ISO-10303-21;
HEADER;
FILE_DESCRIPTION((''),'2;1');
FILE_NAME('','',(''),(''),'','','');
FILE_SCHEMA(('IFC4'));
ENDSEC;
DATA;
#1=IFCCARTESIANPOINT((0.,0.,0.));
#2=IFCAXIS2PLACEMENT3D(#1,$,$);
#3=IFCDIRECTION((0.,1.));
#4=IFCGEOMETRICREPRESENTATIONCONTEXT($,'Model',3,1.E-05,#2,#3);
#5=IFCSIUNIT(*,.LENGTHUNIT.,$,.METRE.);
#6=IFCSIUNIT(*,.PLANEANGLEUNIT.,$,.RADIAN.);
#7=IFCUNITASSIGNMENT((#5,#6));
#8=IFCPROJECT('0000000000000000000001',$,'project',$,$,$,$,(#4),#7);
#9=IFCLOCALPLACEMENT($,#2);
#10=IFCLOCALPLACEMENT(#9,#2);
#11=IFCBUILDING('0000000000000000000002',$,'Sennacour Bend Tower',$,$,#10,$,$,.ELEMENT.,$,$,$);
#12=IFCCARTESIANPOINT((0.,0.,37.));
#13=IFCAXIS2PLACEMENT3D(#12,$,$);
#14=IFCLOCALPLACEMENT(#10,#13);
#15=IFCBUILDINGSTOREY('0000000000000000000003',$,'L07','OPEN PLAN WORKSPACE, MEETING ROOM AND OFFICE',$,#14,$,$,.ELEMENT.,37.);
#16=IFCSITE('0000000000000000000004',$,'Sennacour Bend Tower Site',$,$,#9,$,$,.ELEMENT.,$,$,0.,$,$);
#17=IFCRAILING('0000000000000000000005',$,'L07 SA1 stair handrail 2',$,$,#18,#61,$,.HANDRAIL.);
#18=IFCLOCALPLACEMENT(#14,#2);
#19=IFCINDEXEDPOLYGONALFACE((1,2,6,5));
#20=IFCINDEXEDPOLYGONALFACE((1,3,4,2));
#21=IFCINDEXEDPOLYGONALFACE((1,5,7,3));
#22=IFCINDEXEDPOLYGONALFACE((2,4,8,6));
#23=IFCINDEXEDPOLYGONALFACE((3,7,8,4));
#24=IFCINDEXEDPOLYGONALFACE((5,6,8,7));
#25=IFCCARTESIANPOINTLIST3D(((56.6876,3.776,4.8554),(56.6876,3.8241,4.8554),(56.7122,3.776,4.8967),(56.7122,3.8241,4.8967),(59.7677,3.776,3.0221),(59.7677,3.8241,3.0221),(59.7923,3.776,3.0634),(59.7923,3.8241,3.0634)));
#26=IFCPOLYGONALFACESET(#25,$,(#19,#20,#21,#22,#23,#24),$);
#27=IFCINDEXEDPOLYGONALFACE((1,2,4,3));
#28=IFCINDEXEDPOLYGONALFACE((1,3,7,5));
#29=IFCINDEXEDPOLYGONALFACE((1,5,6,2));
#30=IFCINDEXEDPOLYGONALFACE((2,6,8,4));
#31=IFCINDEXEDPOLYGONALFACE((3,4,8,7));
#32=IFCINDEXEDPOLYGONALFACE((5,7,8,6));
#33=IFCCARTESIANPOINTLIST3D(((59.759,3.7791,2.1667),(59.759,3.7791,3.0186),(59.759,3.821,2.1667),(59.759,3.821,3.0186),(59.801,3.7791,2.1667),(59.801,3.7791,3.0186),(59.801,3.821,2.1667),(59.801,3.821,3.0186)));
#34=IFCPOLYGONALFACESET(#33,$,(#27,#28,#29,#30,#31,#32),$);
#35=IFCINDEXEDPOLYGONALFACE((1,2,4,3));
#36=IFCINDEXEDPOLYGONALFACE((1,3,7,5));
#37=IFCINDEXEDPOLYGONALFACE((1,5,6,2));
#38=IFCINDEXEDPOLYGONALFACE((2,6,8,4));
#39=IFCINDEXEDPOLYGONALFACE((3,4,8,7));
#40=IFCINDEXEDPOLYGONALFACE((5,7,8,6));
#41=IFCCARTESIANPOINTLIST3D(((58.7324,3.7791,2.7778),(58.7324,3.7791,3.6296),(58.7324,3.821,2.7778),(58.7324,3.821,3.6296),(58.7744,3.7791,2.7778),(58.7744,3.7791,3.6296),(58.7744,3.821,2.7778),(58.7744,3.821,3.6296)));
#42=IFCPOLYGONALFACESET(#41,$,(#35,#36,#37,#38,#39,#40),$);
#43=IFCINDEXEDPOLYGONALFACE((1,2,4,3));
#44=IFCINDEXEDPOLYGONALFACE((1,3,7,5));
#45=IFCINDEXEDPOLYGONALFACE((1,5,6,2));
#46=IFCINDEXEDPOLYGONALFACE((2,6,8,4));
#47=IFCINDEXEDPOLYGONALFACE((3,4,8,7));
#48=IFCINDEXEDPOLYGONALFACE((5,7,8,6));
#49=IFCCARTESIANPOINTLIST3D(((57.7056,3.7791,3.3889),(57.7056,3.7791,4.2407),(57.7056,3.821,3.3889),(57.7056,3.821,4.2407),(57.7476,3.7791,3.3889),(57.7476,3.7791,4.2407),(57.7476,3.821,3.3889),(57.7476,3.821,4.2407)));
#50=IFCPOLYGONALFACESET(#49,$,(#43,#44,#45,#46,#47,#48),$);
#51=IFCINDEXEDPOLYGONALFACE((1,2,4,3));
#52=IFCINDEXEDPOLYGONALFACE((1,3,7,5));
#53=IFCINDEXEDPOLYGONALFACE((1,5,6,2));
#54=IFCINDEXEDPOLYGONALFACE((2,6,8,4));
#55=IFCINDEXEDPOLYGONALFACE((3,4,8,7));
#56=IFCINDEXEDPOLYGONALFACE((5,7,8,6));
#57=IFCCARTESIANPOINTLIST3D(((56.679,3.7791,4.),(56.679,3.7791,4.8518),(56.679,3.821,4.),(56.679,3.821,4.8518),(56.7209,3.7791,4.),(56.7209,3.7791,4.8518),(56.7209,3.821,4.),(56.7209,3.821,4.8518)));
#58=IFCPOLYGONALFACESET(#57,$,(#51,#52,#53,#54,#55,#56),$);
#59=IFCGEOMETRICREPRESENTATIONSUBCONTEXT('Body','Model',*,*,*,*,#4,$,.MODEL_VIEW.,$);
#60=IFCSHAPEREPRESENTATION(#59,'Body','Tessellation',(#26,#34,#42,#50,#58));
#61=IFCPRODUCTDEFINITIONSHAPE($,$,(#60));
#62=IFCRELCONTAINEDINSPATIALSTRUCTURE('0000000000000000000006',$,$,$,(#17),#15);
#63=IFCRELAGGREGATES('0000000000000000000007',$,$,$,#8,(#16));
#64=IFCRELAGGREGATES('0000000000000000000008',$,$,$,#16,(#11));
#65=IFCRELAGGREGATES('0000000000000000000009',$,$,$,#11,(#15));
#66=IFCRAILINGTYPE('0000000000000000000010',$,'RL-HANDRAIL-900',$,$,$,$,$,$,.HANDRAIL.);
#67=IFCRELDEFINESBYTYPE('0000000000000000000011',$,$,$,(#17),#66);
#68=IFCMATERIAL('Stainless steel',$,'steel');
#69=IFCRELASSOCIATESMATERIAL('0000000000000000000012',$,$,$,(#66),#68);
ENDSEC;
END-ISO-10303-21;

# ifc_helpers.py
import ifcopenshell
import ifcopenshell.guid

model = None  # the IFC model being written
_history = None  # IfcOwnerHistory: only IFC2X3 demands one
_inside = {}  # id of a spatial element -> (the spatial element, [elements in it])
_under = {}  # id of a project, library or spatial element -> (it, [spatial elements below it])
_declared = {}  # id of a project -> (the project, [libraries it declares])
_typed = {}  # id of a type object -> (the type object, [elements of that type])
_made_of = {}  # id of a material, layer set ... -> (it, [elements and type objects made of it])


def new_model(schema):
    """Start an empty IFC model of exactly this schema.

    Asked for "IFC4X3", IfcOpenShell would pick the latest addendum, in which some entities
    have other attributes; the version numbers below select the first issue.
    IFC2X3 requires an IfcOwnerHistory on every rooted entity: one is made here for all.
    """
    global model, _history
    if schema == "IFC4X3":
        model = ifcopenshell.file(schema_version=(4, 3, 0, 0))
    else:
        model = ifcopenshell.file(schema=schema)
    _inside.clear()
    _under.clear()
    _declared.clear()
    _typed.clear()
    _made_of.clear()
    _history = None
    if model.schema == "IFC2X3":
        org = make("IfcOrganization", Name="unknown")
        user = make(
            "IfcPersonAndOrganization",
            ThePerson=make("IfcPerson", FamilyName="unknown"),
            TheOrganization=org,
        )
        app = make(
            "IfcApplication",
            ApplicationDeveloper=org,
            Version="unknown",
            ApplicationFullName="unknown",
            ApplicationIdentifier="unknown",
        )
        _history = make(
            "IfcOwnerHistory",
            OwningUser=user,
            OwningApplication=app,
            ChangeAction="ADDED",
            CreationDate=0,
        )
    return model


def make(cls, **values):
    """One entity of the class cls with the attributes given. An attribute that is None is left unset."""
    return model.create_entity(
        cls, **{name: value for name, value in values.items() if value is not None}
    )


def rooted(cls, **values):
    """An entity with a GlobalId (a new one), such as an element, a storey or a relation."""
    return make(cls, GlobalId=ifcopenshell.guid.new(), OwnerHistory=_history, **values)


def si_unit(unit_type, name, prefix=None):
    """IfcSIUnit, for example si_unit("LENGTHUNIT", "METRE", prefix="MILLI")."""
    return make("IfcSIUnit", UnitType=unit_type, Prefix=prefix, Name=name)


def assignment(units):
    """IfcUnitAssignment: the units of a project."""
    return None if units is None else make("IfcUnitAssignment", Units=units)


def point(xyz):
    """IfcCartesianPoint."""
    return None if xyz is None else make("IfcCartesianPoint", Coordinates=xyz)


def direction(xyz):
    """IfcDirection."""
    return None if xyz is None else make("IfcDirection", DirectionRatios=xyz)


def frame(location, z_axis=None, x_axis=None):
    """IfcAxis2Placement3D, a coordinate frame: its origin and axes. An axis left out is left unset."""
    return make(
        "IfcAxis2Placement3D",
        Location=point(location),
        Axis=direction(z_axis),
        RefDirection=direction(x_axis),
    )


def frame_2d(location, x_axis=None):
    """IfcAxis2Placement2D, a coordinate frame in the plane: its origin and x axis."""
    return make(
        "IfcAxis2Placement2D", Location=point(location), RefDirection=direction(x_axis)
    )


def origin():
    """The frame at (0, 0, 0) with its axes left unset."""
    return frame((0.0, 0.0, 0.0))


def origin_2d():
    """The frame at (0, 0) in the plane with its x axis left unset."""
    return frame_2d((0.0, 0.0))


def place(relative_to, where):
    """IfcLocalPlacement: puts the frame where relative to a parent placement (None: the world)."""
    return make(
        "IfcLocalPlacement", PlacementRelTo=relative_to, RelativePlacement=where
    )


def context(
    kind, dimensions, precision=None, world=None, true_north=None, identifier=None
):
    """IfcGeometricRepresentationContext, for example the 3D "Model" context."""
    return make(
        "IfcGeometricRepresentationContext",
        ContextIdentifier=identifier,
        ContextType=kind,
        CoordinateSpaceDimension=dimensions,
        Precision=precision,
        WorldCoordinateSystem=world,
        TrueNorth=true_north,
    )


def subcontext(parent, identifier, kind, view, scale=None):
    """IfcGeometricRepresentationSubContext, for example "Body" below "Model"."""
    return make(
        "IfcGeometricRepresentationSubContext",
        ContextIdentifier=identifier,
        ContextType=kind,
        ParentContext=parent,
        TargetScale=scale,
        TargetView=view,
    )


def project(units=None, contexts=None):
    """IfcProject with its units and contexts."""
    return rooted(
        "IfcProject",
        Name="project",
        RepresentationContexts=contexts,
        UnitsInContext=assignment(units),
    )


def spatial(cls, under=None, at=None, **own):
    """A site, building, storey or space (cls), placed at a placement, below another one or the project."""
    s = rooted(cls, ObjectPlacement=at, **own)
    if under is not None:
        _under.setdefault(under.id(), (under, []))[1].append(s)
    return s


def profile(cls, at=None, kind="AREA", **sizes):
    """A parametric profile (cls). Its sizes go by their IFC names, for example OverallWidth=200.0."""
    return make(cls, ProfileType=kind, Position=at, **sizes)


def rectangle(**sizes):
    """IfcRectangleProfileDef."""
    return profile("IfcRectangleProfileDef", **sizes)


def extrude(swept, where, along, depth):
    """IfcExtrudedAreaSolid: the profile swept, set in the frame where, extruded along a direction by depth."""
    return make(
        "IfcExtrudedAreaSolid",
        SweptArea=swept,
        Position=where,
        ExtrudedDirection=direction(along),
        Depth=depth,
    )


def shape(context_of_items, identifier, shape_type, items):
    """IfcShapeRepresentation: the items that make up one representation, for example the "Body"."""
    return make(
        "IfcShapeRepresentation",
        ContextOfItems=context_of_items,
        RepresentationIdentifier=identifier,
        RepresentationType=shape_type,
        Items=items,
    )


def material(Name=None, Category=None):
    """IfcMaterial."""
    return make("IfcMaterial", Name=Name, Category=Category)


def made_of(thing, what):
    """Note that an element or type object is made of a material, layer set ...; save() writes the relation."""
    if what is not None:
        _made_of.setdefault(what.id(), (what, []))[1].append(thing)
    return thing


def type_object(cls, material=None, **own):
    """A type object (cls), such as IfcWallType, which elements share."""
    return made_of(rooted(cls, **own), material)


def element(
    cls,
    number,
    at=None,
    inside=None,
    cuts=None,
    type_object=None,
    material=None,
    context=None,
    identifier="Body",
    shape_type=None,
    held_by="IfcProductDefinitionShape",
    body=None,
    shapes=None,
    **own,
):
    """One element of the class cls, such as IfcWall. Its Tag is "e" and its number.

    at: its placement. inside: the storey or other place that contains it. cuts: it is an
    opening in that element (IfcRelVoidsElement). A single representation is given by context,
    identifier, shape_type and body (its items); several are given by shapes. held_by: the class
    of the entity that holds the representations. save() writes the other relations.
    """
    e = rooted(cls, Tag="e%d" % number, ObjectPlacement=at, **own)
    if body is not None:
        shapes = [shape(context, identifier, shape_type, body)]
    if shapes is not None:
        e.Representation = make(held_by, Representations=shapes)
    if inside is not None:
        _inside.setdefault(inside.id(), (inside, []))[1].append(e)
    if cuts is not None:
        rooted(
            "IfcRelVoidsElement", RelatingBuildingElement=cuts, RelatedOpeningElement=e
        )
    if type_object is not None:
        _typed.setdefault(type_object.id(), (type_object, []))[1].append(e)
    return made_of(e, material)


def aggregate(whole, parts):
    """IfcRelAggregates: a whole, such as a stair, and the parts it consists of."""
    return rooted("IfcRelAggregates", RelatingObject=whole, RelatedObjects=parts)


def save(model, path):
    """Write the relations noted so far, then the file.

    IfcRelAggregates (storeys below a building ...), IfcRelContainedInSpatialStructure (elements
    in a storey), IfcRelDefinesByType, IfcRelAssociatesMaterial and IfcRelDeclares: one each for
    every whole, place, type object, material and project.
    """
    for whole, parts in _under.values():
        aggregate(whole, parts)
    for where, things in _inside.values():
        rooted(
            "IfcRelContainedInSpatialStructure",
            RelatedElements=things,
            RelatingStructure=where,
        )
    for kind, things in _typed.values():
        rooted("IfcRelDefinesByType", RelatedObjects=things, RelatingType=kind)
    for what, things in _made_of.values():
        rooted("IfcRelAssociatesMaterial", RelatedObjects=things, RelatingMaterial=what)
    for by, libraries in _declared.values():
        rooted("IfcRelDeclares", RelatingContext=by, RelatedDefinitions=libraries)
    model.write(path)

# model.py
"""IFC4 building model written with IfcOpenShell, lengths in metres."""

from ifc_helpers import new_model, si_unit, direction, frame, origin, origin_2d, place, context, subcontext, project, spatial, rectangle, extrude, material, type_object, element, save


model = new_model("IFC4")

# Units and contexts
model_context = context("Model", 3, precision=1e-05, world=origin(), true_north=direction((0.0, 1.0)))
body_context = subcontext(model_context, "Body", "Model", "MODEL_VIEW")
ifc_project = project(units=[si_unit("LENGTHUNIT", "METRE"), si_unit("PLANEANGLEUNIT", "RADIAN")], contexts=[model_context])

# Site, building, storey
site_placement = place(None, origin())
site = spatial("IfcSite", under=ifc_project, at=site_placement, Name="Sennacour Bend Tower Site", CompositionType="ELEMENT", RefElevation=0.0)
building_placement = place(site_placement, origin())
building = spatial("IfcBuilding", under=site, at=building_placement, Name="Sennacour Bend Tower", CompositionType="ELEMENT")
storey_placement = place(building_placement, frame((0.0, 0.0, 37.0)))
storey = spatial("IfcBuildingStorey", under=building, at=storey_placement, Name="L07", Description="OPEN PLAN WORKSPACE, MEETING ROOM AND OFFICE", CompositionType="ELEMENT", Elevation=37.0)

# Shared definitions
ifc_material_1 = material(Name="Stainless steel", Category="steel")

# Railing
railing_type_1 = type_object("IfcRailingType", Name="RL-HANDRAIL-900", PredefinedType="HANDRAIL", material=ifc_material_1)
railing_1_placement = place(storey_placement, frame((59.78, 3.8, 2.1667)))
element("IfcRailing", 1, at=railing_1_placement, inside=storey, type_object=railing_type_1, Name="L07 SA1 stair handrail 2", PredefinedType="HANDRAIL", context=body_context, shape_type="SweptSolid", body=[
    extrude(rectangle(XDim=0.0481, YDim=0.0481, at=origin_2d()), frame((0.0, 0.0, 0.876), z_axis=(-0.859309, 0.0, 0.511458), x_axis=(0.0, -1.0, 0.0)), (0.0, 0.0, 1.0), 3.5845),
    extrude(rectangle(XDim=0.042, YDim=0.042, at=origin_2d()), origin(), (0.0, 0.0, 1.0), 0.8518),
    extrude(rectangle(XDim=0.042, YDim=0.042, at=origin_2d()), frame((-1.0266, 0.0, 0.6111)), (0.0, 0.0, 1.0), 0.8518),
    extrude(rectangle(XDim=0.042, YDim=0.042, at=origin_2d()), frame((-2.0535, 0.0, 1.2222)), (0.0, 0.0, 1.0), 0.8518),
    extrude(rectangle(XDim=0.042, YDim=0.042, at=origin_2d()), frame((-3.0801, 0.0, 1.8333)), (0.0, 0.0, 1.0), 0.8518),
])

save(model, "model.ifc")
